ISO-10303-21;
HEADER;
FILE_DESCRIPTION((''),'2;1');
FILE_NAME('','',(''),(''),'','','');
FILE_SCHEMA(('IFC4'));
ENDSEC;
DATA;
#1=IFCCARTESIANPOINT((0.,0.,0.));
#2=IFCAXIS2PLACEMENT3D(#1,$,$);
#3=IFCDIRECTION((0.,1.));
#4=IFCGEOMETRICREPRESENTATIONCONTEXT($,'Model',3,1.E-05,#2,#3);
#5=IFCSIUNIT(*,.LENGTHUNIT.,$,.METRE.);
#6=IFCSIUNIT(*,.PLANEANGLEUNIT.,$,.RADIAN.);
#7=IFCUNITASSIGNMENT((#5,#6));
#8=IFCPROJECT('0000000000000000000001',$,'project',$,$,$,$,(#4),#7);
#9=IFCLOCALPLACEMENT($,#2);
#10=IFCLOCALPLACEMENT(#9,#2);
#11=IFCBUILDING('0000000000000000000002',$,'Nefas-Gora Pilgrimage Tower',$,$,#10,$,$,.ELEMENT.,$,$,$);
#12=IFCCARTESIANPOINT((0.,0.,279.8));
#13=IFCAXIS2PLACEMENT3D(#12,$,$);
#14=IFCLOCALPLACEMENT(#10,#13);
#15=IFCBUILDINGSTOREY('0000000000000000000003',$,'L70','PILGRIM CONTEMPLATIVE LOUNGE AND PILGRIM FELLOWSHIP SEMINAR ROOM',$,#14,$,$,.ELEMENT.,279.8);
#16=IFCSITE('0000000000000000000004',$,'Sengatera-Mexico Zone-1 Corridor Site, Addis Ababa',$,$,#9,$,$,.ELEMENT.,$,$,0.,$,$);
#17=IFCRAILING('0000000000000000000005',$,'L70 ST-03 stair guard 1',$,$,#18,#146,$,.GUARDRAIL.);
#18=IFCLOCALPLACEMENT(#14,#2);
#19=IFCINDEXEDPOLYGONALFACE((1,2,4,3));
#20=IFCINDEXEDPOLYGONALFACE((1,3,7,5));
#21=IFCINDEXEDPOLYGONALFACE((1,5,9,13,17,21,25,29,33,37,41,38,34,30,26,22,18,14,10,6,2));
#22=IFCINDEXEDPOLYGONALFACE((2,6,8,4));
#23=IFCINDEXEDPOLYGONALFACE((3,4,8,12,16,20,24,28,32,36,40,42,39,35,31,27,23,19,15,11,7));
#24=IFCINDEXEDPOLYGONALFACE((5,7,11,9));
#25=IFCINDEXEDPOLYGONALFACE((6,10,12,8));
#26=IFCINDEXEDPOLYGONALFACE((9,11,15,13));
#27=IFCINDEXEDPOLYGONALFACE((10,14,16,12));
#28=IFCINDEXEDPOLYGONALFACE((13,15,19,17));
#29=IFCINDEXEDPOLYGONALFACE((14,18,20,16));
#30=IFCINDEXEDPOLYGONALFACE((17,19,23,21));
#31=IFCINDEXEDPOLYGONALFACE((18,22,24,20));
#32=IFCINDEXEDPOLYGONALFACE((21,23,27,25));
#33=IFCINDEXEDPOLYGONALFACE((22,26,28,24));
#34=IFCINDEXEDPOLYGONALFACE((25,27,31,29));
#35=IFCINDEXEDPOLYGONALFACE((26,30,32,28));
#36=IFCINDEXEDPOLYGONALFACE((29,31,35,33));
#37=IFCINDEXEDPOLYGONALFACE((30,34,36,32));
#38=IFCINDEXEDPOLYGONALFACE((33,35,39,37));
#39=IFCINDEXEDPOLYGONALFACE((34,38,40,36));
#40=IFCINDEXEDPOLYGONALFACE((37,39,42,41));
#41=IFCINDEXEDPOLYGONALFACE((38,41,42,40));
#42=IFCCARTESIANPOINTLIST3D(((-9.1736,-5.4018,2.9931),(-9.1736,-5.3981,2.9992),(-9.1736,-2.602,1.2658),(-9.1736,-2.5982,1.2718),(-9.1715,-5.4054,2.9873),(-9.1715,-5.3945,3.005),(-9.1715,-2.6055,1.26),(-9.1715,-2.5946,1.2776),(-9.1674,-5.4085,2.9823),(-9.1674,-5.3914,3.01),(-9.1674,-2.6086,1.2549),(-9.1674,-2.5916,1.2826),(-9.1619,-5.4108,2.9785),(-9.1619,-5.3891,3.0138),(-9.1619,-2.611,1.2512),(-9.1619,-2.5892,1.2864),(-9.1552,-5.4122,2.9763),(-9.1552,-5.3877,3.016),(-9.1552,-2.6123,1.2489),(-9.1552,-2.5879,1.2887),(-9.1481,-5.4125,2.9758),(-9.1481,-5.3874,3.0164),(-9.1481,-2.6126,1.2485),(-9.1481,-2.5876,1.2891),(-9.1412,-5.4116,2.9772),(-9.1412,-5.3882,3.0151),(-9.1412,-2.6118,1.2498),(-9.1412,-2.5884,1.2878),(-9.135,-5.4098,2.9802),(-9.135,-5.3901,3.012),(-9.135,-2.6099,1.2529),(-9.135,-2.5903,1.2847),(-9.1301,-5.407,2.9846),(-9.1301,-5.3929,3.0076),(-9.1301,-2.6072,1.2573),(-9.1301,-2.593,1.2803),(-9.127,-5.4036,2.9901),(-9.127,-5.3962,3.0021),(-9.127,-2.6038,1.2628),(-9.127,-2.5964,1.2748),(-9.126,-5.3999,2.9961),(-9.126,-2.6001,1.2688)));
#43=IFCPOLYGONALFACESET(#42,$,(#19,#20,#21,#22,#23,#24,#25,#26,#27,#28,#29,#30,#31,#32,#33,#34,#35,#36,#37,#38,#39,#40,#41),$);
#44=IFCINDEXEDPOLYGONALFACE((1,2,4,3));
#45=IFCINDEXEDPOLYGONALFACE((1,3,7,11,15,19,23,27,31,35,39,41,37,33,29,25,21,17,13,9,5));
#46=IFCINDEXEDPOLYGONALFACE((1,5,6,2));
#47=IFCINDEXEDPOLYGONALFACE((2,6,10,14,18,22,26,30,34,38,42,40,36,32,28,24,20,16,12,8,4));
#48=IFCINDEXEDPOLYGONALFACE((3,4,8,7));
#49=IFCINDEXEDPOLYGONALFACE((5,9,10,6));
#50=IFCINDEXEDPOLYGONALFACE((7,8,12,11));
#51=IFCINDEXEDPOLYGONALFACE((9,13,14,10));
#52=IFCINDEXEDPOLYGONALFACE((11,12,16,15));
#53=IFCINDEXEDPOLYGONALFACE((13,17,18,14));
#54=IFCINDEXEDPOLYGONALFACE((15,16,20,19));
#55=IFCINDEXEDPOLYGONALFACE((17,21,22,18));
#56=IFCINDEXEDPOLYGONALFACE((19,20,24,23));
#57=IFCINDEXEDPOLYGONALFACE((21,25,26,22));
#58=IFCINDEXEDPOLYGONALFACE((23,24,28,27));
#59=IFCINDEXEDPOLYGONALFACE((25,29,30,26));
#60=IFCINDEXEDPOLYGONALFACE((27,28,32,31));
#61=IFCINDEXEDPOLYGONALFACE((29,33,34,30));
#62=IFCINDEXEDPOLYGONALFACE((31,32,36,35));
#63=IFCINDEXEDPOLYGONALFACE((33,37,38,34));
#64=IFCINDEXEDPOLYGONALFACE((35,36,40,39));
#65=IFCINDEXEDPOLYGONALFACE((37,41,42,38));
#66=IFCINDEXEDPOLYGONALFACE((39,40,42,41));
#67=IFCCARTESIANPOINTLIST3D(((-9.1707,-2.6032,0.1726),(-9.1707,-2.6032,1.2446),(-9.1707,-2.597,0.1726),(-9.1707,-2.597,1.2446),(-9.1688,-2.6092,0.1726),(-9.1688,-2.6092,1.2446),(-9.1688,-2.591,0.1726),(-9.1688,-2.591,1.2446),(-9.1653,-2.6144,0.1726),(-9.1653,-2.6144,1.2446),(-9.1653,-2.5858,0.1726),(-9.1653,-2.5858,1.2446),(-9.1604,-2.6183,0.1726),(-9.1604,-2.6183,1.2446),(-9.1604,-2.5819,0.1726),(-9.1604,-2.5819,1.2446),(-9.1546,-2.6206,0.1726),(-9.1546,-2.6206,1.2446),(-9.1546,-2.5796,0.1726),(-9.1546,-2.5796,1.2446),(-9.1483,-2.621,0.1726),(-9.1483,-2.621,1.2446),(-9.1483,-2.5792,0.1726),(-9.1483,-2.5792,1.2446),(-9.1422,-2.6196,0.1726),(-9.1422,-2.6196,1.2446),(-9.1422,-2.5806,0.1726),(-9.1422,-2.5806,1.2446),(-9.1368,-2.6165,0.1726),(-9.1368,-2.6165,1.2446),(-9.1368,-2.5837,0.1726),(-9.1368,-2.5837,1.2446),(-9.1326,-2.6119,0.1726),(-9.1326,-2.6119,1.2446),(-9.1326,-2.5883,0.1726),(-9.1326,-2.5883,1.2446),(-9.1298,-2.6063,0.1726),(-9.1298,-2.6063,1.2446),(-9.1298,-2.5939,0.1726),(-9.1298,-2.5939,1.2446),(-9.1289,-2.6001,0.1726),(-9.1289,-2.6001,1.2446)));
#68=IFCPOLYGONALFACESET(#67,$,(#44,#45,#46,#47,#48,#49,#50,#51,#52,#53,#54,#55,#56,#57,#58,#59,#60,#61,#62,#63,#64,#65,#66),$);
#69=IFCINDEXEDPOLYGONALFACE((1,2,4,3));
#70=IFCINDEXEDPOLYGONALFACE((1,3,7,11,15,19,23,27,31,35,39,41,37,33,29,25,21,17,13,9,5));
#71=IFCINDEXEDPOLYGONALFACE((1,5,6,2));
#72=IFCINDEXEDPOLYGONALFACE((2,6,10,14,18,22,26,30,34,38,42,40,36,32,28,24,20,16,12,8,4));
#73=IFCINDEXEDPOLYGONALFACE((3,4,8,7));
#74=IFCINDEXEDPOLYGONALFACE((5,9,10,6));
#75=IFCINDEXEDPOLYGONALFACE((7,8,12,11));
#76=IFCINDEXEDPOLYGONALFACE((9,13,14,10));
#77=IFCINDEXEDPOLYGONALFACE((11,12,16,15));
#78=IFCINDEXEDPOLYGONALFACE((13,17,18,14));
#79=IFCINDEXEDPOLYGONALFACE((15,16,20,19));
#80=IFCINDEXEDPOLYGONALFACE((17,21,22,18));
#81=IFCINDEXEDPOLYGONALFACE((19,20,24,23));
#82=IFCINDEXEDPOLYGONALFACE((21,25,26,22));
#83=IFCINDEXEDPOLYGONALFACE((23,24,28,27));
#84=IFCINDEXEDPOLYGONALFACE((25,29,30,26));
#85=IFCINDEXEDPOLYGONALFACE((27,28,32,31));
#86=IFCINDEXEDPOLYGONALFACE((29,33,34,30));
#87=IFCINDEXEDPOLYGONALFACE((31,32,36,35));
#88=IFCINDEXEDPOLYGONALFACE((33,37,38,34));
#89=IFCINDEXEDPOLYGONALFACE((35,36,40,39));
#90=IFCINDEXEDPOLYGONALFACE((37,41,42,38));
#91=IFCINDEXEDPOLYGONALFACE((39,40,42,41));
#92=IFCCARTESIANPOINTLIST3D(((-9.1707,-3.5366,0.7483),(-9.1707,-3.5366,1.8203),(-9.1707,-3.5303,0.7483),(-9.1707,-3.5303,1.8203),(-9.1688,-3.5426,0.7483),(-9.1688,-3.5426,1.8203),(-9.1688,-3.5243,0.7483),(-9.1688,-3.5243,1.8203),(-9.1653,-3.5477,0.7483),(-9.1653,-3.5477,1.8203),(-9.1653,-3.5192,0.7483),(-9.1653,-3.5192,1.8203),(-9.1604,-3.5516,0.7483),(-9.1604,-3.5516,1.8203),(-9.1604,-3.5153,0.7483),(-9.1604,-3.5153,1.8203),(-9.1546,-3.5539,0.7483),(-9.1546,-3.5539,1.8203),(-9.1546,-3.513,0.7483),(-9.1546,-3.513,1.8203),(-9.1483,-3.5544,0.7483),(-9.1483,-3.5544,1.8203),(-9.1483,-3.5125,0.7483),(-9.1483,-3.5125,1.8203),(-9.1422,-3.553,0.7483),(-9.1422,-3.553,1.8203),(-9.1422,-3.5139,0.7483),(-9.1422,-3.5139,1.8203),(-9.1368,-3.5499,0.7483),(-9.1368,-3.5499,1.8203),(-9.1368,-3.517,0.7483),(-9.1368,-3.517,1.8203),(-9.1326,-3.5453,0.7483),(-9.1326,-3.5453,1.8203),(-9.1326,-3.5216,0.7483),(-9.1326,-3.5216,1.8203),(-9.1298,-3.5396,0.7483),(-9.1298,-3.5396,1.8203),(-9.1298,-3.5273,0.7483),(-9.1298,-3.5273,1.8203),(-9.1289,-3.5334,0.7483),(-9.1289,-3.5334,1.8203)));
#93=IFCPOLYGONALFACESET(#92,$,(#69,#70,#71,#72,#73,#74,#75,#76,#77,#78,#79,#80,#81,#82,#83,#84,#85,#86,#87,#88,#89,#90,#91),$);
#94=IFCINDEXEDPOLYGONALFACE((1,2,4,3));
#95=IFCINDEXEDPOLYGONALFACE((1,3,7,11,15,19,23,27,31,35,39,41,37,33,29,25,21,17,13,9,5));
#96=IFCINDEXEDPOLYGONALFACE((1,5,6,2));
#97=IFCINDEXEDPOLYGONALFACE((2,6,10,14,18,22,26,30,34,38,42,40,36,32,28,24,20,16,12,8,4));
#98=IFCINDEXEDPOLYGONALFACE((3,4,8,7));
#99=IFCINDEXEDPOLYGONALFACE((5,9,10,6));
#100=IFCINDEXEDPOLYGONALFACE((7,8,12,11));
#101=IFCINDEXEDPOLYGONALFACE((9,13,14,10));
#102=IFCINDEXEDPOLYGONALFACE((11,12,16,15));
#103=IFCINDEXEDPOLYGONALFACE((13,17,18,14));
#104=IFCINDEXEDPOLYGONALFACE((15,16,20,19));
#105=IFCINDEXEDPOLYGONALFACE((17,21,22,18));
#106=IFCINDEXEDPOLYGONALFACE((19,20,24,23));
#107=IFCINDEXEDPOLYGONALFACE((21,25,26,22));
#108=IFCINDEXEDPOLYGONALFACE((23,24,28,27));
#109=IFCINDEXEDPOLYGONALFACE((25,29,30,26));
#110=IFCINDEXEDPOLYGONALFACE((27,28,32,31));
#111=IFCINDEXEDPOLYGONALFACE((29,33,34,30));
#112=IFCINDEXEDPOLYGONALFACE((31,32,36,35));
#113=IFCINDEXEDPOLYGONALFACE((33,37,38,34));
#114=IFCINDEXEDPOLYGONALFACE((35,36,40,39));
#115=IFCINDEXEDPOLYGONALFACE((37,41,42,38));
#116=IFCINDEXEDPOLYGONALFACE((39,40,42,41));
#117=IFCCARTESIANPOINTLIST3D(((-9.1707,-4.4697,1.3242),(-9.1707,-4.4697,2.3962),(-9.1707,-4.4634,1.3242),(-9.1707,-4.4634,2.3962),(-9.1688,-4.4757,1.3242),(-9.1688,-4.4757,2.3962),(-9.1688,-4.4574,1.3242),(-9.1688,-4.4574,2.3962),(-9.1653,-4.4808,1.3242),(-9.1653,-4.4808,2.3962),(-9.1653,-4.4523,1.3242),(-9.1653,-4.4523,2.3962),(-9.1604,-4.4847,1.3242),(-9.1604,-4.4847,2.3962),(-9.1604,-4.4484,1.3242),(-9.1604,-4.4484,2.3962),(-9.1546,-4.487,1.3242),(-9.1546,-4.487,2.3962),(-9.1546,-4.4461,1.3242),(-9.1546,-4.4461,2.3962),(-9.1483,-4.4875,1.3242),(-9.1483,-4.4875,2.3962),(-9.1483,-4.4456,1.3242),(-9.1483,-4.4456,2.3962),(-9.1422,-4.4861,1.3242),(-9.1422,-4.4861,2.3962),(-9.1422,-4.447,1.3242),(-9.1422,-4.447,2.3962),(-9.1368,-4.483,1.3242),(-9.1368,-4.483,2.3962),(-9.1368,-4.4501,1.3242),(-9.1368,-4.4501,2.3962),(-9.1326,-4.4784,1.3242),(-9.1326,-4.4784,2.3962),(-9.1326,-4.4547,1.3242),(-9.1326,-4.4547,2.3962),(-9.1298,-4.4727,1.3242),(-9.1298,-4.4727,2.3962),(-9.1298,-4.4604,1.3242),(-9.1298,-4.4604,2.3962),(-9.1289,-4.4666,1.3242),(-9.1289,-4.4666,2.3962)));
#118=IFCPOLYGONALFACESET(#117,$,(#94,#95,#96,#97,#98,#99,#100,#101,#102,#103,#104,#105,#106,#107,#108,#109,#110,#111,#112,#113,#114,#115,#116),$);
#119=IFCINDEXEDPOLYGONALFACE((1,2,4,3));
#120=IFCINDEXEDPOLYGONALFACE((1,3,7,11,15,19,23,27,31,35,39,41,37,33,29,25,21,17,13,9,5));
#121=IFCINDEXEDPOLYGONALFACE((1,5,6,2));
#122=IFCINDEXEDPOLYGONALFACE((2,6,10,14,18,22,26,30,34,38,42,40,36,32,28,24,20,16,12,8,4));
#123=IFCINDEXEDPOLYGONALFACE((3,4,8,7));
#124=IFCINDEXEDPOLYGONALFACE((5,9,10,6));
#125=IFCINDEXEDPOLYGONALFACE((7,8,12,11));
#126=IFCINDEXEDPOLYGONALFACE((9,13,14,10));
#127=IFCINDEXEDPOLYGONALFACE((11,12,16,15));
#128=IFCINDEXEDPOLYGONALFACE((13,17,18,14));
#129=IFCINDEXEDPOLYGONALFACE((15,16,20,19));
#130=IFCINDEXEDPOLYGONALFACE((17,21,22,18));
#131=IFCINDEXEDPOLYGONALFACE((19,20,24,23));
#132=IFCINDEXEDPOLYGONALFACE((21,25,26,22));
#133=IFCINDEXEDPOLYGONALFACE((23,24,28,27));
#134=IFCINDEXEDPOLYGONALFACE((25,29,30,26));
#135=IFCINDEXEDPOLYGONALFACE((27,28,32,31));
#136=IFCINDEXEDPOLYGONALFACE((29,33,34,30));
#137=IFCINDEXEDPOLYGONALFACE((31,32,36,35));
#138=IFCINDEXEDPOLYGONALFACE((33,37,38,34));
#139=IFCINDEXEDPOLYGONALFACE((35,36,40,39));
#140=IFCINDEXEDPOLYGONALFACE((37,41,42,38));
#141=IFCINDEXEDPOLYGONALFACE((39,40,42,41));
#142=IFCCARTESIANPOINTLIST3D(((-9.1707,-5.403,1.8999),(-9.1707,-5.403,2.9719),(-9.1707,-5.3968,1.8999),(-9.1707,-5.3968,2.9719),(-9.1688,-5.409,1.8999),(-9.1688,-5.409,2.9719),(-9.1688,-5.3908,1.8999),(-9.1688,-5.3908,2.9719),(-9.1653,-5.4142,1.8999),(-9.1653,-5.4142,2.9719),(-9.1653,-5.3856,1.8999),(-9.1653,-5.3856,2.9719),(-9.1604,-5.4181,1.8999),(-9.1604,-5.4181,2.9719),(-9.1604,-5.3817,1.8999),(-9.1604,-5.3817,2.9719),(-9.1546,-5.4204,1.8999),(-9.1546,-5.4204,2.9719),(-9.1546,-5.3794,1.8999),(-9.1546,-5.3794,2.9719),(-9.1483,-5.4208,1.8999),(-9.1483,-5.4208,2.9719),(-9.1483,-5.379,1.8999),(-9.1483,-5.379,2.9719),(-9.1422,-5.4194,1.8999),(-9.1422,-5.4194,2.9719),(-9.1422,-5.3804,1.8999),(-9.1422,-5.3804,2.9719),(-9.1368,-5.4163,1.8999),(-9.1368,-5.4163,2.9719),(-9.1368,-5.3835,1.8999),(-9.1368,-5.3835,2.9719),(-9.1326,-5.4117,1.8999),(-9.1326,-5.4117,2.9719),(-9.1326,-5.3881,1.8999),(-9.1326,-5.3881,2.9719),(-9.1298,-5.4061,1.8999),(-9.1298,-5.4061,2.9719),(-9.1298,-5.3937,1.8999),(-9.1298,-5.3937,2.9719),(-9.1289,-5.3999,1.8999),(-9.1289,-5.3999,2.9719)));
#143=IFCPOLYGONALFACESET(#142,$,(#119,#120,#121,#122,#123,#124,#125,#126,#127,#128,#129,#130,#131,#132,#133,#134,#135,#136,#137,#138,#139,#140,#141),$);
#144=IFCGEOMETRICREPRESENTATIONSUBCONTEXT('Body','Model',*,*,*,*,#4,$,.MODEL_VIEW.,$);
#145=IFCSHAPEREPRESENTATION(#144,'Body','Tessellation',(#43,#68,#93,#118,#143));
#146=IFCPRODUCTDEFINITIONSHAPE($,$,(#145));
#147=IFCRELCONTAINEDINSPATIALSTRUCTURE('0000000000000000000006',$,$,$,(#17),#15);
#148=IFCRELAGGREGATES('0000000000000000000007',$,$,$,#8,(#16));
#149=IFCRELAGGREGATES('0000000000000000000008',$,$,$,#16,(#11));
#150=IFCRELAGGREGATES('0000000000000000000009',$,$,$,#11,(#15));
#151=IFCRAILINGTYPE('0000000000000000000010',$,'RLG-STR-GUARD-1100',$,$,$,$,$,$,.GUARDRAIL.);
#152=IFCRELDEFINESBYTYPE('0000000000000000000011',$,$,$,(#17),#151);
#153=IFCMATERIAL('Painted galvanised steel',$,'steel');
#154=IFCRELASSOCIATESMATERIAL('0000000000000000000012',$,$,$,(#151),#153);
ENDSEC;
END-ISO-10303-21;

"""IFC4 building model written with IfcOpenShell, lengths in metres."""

from ifc_helpers import new_model, si_unit, direction, frame, origin, origin_2d, place, context, subcontext, project, spatial, circle, extrude, material, type_object, element, save


model = new_model("IFC4")

# Units and contexts
model_context = context("Model", 3, precision=1e-05, world=origin(), true_north=direction((0.0, 1.0)))
body_context = subcontext(model_context, "Body", "Model", "MODEL_VIEW")
ifc_project = project(units=[si_unit("LENGTHUNIT", "METRE"), si_unit("PLANEANGLEUNIT", "RADIAN")], contexts=[model_context])

# Site, building, storey
site_placement = place(None, origin())
site = spatial("IfcSite", under=ifc_project, at=site_placement, Name="Sengatera-Mexico Zone-1 Corridor Site, Addis Ababa", CompositionType="ELEMENT", RefElevation=0.0)
building_placement = place(site_placement, origin())
building = spatial("IfcBuilding", under=site, at=building_placement, Name="Nefas-Gora Pilgrimage Tower", CompositionType="ELEMENT")
storey_placement = place(building_placement, frame((0.0, 0.0, 279.8)))
storey = spatial("IfcBuildingStorey", under=building, at=storey_placement, Name="L70", Description="PILGRIM CONTEMPLATIVE LOUNGE AND PILGRIM FELLOWSHIP SEMINAR ROOM", CompositionType="ELEMENT", Elevation=279.8)

# Railing
ifc_material_1 = material(Name="Painted galvanised steel", Category="steel")
railing_type_1 = type_object("IfcRailingType", Name="RLG-STR-GUARD-1100", PredefinedType="GUARDRAIL", material=ifc_material_1)
railing_1_placement = place(storey_placement, frame((-9.1499, -2.6001, 0.1726)))
element("IfcRailing", 1, at=railing_1_placement, inside=storey, type_object=railing_type_1, Name="L70 ST-03 stair guard 1", PredefinedType="GUARDRAIL", context=body_context, shape_type="SweptSolid", body=[
    extrude(circle(Radius=0.0239, at=origin_2d()), frame((0.0, 0.0, 1.0962), z_axis=(0.0, -0.851069, 0.525054), x_axis=(1.0, 0.0, 0.0)), (0.0, 0.0, 1.0), 3.2898),
    extrude(circle(Radius=0.021, at=origin_2d()), origin(), (0.0, 0.0, 1.0), 1.072),
    extrude(circle(Radius=0.021, at=origin_2d()), frame((0.0, -0.9333, 0.5757)), (0.0, 0.0, 1.0), 1.072),
    extrude(circle(Radius=0.021, at=origin_2d()), frame((0.0, -1.8665, 1.1516)), (0.0, 0.0, 1.0), 1.072),
    extrude(circle(Radius=0.021, at=origin_2d()), frame((0.0, -2.7998, 1.7273)), (0.0, 0.0, 1.0), 1.072),
])

save(model, "model.ifc")
